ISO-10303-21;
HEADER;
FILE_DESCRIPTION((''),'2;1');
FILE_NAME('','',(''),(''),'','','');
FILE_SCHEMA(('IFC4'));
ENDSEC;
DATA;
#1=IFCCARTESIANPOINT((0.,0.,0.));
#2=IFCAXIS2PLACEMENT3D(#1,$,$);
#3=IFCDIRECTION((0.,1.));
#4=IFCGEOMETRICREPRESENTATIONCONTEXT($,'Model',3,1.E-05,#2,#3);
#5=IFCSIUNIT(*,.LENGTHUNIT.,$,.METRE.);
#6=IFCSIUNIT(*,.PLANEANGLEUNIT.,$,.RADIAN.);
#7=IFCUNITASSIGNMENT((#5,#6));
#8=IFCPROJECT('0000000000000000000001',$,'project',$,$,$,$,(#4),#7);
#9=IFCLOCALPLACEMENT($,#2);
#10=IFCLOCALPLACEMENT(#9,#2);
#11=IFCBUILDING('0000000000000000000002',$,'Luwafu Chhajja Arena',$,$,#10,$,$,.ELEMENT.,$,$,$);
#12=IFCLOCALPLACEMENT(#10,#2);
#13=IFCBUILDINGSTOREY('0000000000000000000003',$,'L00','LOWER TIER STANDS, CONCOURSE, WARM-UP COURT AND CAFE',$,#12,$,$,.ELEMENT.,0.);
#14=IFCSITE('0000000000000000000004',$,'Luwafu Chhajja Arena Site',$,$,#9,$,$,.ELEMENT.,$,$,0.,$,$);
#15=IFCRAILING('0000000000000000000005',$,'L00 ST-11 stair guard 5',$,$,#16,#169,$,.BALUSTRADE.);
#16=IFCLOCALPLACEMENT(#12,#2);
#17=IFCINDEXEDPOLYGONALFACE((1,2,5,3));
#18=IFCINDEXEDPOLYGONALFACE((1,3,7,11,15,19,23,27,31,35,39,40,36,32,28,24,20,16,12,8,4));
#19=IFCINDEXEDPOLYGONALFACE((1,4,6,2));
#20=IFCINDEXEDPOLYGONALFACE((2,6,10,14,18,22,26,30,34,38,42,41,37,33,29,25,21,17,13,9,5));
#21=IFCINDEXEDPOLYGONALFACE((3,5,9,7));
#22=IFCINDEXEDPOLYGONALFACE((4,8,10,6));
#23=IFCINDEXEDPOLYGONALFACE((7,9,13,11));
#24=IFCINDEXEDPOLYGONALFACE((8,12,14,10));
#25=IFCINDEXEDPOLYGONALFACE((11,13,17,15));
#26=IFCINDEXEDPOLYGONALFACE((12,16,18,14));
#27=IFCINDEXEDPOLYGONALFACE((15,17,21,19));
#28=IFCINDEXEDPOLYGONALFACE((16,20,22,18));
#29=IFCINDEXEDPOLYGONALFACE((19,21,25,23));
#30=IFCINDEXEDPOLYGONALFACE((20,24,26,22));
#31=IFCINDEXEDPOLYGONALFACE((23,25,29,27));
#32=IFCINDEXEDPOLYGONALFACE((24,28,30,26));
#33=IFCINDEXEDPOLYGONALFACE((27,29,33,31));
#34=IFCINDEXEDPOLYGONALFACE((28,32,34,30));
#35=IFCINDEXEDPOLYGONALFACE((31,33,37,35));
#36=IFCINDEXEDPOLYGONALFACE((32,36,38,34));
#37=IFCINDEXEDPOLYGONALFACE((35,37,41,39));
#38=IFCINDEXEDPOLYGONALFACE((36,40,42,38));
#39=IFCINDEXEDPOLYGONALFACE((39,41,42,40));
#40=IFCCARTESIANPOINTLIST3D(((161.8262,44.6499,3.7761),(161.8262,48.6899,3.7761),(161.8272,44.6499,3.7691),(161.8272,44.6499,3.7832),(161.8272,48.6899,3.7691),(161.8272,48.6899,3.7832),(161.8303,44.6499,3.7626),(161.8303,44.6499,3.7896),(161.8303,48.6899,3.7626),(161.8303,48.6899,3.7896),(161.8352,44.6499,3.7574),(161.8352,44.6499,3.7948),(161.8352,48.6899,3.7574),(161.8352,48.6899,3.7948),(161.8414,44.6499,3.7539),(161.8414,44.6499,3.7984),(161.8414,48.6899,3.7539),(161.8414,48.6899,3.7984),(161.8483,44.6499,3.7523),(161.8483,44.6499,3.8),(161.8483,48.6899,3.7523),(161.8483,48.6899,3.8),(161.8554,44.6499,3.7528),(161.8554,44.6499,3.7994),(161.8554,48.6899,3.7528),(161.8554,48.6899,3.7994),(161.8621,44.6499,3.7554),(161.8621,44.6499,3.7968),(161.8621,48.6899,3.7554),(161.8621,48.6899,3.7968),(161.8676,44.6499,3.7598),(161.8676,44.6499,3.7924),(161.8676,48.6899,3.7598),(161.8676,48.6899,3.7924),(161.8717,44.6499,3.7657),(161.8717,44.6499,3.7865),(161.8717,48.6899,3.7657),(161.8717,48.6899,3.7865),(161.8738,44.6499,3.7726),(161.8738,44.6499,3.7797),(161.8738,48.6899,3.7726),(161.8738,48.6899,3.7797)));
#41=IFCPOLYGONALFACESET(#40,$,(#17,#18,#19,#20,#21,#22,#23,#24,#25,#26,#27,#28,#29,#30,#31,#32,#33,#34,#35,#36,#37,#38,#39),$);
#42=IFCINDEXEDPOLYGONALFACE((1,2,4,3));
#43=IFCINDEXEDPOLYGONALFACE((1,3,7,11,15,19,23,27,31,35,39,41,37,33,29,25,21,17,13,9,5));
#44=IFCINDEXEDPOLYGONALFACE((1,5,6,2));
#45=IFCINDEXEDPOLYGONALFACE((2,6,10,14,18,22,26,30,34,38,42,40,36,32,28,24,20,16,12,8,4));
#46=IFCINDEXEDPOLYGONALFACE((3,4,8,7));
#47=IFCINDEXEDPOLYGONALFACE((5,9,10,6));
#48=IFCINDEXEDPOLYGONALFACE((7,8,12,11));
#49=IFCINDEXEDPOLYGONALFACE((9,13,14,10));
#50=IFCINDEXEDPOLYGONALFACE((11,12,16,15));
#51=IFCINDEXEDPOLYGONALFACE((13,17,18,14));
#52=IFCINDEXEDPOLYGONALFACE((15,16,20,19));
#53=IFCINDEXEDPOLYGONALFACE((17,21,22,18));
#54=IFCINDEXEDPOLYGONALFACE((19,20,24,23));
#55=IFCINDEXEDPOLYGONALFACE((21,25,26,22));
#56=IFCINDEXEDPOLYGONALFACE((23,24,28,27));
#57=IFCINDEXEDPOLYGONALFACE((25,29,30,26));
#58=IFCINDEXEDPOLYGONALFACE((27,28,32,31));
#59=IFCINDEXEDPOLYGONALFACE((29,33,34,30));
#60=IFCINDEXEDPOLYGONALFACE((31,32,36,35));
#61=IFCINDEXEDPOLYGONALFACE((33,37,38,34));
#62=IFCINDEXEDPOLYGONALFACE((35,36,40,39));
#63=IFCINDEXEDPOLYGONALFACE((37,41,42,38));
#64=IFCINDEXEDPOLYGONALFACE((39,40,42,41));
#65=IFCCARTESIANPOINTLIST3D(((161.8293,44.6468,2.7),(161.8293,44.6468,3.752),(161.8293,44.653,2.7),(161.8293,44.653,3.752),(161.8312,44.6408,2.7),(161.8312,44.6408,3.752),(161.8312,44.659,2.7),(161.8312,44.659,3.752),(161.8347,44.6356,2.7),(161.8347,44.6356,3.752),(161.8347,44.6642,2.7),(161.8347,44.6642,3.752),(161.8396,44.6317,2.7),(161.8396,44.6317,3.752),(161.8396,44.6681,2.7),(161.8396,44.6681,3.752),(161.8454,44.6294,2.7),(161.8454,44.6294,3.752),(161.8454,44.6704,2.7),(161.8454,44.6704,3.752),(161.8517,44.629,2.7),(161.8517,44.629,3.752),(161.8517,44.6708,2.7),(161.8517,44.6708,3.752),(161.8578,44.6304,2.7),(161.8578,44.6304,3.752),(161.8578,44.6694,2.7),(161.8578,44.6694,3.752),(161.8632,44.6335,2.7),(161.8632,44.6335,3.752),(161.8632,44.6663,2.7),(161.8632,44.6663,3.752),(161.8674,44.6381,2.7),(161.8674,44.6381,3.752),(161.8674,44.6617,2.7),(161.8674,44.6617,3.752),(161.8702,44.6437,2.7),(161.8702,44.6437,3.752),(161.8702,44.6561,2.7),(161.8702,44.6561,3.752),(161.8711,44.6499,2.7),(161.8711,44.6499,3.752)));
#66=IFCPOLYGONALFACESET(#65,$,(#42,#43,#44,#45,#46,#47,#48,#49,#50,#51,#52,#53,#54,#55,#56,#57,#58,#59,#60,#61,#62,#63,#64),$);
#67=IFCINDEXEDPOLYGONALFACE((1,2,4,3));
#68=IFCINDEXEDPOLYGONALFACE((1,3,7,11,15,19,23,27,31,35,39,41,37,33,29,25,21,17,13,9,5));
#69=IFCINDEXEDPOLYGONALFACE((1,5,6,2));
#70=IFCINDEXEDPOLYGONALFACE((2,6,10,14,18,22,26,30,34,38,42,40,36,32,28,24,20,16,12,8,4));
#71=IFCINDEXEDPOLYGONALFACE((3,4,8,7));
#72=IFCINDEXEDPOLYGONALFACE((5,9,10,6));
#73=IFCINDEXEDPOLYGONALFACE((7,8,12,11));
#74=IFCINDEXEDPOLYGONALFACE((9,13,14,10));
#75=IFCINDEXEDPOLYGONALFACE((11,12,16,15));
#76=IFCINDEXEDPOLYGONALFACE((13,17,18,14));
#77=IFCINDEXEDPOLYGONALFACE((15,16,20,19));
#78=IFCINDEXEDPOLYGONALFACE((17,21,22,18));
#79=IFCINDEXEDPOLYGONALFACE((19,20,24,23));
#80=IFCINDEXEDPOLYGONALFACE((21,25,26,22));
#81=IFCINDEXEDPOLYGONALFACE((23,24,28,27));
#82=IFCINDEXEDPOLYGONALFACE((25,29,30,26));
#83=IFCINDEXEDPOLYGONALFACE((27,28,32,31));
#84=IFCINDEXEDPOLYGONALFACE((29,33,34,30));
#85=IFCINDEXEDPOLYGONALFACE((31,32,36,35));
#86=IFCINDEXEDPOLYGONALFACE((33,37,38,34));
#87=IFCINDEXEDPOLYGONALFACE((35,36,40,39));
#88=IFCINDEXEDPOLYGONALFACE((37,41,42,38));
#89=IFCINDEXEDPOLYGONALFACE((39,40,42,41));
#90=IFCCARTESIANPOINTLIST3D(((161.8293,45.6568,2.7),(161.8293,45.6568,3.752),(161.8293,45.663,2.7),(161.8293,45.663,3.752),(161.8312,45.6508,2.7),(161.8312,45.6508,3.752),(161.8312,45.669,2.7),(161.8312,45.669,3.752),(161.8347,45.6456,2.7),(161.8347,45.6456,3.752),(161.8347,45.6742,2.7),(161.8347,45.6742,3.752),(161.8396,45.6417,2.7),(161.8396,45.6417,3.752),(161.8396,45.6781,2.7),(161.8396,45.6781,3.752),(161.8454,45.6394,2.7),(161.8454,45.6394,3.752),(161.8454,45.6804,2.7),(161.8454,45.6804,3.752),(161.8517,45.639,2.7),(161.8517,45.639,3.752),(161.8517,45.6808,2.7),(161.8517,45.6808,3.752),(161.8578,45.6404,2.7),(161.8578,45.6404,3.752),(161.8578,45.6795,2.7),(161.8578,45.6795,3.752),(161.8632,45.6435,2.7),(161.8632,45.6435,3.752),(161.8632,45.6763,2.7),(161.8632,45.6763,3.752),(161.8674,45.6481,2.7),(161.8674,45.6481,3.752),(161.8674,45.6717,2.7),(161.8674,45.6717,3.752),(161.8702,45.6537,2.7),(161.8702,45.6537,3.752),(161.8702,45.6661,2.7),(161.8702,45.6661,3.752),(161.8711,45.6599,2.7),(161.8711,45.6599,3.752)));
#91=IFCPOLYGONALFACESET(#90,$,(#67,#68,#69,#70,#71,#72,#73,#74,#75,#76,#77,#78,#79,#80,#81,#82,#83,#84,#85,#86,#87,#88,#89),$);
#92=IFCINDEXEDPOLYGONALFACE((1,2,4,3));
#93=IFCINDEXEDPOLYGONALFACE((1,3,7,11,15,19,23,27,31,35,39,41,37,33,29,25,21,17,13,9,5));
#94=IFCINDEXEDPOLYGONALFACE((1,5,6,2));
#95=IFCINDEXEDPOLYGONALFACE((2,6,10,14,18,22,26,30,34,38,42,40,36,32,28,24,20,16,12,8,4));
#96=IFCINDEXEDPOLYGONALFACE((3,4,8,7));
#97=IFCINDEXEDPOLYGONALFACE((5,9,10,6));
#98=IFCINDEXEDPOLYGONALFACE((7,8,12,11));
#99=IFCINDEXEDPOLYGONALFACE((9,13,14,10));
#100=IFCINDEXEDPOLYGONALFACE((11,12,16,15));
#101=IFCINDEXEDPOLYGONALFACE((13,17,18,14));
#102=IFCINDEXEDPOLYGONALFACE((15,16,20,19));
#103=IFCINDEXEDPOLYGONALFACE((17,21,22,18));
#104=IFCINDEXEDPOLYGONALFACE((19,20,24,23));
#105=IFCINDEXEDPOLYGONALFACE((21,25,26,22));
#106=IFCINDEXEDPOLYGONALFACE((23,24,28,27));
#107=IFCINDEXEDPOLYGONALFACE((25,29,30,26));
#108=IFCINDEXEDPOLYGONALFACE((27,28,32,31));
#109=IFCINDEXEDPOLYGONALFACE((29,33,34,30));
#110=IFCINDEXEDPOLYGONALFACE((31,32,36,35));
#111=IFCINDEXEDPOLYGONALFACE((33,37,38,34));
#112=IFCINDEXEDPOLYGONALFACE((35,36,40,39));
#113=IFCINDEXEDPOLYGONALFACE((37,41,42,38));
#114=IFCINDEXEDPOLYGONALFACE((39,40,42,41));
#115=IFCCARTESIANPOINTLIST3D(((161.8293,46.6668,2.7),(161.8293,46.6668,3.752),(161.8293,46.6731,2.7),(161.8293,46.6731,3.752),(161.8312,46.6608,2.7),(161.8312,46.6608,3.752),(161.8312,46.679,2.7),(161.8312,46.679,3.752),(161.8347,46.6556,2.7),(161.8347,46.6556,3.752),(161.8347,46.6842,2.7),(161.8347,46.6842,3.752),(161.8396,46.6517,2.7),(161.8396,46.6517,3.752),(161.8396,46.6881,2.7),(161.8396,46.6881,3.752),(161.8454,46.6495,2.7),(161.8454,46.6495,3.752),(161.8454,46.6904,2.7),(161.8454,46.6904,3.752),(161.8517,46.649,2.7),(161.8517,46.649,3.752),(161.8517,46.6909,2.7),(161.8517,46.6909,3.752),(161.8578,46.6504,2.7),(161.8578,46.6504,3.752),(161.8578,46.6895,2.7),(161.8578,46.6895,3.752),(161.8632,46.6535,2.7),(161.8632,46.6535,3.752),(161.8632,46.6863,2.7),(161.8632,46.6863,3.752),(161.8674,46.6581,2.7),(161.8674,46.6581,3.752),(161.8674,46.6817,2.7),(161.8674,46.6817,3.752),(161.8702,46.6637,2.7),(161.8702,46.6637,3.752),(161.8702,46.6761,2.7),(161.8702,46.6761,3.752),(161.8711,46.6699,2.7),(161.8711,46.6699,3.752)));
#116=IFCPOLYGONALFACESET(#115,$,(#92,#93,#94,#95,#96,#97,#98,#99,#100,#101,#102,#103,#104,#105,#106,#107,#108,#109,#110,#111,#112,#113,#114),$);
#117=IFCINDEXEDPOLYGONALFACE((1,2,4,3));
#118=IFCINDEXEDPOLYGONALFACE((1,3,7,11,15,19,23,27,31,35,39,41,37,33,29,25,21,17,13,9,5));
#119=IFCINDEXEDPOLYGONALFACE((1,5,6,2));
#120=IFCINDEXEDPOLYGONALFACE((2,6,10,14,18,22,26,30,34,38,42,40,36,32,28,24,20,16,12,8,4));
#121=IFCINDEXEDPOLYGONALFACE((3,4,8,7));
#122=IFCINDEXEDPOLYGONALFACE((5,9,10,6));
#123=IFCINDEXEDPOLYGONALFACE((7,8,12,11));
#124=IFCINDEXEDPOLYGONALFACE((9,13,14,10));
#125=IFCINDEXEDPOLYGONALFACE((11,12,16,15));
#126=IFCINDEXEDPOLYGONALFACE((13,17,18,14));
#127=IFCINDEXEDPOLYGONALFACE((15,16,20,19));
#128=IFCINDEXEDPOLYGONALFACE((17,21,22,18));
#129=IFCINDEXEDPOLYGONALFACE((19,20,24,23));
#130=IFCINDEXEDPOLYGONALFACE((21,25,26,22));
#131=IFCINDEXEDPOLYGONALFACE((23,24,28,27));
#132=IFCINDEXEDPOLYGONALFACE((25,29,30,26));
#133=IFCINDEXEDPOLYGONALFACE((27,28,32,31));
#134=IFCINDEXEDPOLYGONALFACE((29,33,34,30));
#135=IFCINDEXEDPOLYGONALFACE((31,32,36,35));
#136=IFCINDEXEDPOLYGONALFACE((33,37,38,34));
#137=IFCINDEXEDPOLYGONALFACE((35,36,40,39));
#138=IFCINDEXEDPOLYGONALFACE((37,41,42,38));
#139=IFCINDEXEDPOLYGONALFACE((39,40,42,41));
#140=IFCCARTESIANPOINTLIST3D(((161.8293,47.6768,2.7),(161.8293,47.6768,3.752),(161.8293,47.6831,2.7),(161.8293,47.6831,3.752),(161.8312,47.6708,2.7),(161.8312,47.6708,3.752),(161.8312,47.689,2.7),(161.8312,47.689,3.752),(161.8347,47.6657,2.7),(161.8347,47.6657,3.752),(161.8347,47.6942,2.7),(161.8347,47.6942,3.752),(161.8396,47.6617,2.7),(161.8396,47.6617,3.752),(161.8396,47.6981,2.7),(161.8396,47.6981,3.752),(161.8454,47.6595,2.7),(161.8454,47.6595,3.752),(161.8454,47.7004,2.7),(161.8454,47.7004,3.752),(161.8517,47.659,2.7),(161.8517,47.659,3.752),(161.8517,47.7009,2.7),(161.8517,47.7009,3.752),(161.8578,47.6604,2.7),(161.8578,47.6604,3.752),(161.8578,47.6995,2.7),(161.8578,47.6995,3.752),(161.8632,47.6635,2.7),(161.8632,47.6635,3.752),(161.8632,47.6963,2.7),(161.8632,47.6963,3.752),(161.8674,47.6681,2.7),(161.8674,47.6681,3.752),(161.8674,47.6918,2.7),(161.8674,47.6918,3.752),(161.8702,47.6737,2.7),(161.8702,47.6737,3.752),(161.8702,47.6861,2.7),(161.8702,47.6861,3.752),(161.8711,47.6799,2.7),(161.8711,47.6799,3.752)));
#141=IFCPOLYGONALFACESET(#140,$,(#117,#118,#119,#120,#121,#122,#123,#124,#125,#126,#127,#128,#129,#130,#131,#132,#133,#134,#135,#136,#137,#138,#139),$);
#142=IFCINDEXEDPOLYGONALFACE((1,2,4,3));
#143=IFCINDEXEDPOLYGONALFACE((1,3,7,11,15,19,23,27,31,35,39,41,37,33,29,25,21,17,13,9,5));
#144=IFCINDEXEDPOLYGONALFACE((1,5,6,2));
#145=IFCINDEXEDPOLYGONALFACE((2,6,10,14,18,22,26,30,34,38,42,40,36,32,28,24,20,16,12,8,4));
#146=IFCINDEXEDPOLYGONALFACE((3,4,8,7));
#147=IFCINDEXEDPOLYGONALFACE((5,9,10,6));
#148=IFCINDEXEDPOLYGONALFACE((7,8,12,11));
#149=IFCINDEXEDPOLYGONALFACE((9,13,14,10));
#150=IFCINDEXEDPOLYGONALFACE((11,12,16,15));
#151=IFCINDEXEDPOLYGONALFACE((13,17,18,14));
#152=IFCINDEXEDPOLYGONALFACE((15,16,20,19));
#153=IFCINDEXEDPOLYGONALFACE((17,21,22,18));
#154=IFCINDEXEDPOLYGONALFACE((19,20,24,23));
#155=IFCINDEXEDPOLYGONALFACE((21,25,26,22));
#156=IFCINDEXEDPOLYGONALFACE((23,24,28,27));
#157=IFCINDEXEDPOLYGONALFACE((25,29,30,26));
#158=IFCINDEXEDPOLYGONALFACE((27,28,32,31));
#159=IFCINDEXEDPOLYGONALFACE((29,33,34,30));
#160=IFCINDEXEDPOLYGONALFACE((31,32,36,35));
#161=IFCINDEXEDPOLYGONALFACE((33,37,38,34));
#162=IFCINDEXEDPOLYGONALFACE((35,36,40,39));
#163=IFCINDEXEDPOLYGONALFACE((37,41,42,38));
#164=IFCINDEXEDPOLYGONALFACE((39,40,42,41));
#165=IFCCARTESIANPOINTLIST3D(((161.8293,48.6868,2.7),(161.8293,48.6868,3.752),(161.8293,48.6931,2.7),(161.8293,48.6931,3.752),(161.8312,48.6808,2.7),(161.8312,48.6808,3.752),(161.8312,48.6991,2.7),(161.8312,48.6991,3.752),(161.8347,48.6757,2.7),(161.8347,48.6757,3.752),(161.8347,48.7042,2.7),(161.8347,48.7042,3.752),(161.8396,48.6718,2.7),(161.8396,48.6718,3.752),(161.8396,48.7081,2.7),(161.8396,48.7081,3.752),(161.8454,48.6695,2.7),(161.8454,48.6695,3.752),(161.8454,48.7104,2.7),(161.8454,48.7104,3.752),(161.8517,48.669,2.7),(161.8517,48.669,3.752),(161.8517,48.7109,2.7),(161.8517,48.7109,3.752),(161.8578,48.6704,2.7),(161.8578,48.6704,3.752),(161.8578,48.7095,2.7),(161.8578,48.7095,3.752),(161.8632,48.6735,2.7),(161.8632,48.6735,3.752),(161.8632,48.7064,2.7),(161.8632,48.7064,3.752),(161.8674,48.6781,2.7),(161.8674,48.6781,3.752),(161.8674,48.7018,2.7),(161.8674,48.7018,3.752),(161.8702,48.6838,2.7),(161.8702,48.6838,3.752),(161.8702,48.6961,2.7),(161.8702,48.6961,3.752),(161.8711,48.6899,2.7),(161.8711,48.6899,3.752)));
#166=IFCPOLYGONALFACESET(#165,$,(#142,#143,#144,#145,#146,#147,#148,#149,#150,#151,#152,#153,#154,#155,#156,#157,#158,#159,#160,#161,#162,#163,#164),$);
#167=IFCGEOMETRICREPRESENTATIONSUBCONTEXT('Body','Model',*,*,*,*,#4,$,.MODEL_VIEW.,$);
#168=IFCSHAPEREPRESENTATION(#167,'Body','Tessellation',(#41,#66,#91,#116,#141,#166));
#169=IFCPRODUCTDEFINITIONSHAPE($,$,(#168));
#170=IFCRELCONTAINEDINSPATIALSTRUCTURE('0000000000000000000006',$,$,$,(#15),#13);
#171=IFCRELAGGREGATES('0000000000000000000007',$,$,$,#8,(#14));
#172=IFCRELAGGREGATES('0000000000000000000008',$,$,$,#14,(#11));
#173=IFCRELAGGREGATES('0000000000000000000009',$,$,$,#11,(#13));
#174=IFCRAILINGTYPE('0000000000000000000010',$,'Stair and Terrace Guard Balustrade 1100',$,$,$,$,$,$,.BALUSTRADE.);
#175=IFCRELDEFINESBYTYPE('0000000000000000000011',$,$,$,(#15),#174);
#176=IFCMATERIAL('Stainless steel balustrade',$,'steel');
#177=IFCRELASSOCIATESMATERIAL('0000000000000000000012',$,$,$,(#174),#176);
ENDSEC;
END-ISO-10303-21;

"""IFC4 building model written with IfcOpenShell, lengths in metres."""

from ifc_helpers import new_model, si_unit, direction, frame, origin, origin_2d, place, context, subcontext, project, spatial, circle, extrude, material, type_object, element, save


model = new_model("IFC4")

# Units and contexts
model_context = context("Model", 3, precision=1e-05, world=origin(), true_north=direction((0.0, 1.0)))
body_context = subcontext(model_context, "Body", "Model", "MODEL_VIEW")
ifc_project = project(units=[si_unit("LENGTHUNIT", "METRE"), si_unit("PLANEANGLEUNIT", "RADIAN")], contexts=[model_context])

# Site, building, storey
site_placement = place(None, origin())
site = spatial("IfcSite", under=ifc_project, at=site_placement, Name="Luwafu Chhajja Arena Site", CompositionType="ELEMENT", RefElevation=0.0)
building_placement = place(site_placement, origin())
building = spatial("IfcBuilding", under=site, at=building_placement, Name="Luwafu Chhajja Arena", CompositionType="ELEMENT")
storey_placement = place(building_placement, origin())
storey = spatial("IfcBuildingStorey", under=building, at=storey_placement, Name="L00", Description="LOWER TIER STANDS, CONCOURSE, WARM-UP COURT AND CAFE", CompositionType="ELEMENT", Elevation=0.0)

# Railing
ifc_material_1 = material(Name="Stainless steel balustrade", Category="steel")
railing_type_1 = type_object("IfcRailingType", Name="Stair and Terrace Guard Balustrade 1100", PredefinedType="BALUSTRADE", material=ifc_material_1)
railing_1_placement = place(storey_placement, frame((161.8501, 44.6499, 2.7)))
element("IfcRailing", 1, at=railing_1_placement, inside=storey, type_object=railing_type_1, Name="L00 ST-11 stair guard 5", PredefinedType="BALUSTRADE", context=body_context, shape_type="SweptSolid", body=[
    extrude(circle(Radius=0.0239, at=origin_2d()), frame((0.0, 0.0, 1.0762), z_axis=(0.0, 1.0, 0.0), x_axis=(-1.0, 0.0, 0.0)), (0.0, 0.0, 1.0), 4.04),
    extrude(circle(Radius=0.021, at=origin_2d()), origin(), (0.0, 0.0, 1.0), 1.052),
    extrude(circle(Radius=0.021, at=origin_2d()), frame((0.0, 1.01, 0.0)), (0.0, 0.0, 1.0), 1.052),
    extrude(circle(Radius=0.021, at=origin_2d()), frame((0.0, 2.02, 0.0)), (0.0, 0.0, 1.0), 1.052),
    extrude(circle(Radius=0.021, at=origin_2d()), frame((0.0, 3.03, 0.0)), (0.0, 0.0, 1.0), 1.052),
    extrude(circle(Radius=0.021, at=origin_2d()), frame((0.0, 4.04, 0.0)), (0.0, 0.0, 1.0), 1.052),
])

save(model, "model.ifc")
